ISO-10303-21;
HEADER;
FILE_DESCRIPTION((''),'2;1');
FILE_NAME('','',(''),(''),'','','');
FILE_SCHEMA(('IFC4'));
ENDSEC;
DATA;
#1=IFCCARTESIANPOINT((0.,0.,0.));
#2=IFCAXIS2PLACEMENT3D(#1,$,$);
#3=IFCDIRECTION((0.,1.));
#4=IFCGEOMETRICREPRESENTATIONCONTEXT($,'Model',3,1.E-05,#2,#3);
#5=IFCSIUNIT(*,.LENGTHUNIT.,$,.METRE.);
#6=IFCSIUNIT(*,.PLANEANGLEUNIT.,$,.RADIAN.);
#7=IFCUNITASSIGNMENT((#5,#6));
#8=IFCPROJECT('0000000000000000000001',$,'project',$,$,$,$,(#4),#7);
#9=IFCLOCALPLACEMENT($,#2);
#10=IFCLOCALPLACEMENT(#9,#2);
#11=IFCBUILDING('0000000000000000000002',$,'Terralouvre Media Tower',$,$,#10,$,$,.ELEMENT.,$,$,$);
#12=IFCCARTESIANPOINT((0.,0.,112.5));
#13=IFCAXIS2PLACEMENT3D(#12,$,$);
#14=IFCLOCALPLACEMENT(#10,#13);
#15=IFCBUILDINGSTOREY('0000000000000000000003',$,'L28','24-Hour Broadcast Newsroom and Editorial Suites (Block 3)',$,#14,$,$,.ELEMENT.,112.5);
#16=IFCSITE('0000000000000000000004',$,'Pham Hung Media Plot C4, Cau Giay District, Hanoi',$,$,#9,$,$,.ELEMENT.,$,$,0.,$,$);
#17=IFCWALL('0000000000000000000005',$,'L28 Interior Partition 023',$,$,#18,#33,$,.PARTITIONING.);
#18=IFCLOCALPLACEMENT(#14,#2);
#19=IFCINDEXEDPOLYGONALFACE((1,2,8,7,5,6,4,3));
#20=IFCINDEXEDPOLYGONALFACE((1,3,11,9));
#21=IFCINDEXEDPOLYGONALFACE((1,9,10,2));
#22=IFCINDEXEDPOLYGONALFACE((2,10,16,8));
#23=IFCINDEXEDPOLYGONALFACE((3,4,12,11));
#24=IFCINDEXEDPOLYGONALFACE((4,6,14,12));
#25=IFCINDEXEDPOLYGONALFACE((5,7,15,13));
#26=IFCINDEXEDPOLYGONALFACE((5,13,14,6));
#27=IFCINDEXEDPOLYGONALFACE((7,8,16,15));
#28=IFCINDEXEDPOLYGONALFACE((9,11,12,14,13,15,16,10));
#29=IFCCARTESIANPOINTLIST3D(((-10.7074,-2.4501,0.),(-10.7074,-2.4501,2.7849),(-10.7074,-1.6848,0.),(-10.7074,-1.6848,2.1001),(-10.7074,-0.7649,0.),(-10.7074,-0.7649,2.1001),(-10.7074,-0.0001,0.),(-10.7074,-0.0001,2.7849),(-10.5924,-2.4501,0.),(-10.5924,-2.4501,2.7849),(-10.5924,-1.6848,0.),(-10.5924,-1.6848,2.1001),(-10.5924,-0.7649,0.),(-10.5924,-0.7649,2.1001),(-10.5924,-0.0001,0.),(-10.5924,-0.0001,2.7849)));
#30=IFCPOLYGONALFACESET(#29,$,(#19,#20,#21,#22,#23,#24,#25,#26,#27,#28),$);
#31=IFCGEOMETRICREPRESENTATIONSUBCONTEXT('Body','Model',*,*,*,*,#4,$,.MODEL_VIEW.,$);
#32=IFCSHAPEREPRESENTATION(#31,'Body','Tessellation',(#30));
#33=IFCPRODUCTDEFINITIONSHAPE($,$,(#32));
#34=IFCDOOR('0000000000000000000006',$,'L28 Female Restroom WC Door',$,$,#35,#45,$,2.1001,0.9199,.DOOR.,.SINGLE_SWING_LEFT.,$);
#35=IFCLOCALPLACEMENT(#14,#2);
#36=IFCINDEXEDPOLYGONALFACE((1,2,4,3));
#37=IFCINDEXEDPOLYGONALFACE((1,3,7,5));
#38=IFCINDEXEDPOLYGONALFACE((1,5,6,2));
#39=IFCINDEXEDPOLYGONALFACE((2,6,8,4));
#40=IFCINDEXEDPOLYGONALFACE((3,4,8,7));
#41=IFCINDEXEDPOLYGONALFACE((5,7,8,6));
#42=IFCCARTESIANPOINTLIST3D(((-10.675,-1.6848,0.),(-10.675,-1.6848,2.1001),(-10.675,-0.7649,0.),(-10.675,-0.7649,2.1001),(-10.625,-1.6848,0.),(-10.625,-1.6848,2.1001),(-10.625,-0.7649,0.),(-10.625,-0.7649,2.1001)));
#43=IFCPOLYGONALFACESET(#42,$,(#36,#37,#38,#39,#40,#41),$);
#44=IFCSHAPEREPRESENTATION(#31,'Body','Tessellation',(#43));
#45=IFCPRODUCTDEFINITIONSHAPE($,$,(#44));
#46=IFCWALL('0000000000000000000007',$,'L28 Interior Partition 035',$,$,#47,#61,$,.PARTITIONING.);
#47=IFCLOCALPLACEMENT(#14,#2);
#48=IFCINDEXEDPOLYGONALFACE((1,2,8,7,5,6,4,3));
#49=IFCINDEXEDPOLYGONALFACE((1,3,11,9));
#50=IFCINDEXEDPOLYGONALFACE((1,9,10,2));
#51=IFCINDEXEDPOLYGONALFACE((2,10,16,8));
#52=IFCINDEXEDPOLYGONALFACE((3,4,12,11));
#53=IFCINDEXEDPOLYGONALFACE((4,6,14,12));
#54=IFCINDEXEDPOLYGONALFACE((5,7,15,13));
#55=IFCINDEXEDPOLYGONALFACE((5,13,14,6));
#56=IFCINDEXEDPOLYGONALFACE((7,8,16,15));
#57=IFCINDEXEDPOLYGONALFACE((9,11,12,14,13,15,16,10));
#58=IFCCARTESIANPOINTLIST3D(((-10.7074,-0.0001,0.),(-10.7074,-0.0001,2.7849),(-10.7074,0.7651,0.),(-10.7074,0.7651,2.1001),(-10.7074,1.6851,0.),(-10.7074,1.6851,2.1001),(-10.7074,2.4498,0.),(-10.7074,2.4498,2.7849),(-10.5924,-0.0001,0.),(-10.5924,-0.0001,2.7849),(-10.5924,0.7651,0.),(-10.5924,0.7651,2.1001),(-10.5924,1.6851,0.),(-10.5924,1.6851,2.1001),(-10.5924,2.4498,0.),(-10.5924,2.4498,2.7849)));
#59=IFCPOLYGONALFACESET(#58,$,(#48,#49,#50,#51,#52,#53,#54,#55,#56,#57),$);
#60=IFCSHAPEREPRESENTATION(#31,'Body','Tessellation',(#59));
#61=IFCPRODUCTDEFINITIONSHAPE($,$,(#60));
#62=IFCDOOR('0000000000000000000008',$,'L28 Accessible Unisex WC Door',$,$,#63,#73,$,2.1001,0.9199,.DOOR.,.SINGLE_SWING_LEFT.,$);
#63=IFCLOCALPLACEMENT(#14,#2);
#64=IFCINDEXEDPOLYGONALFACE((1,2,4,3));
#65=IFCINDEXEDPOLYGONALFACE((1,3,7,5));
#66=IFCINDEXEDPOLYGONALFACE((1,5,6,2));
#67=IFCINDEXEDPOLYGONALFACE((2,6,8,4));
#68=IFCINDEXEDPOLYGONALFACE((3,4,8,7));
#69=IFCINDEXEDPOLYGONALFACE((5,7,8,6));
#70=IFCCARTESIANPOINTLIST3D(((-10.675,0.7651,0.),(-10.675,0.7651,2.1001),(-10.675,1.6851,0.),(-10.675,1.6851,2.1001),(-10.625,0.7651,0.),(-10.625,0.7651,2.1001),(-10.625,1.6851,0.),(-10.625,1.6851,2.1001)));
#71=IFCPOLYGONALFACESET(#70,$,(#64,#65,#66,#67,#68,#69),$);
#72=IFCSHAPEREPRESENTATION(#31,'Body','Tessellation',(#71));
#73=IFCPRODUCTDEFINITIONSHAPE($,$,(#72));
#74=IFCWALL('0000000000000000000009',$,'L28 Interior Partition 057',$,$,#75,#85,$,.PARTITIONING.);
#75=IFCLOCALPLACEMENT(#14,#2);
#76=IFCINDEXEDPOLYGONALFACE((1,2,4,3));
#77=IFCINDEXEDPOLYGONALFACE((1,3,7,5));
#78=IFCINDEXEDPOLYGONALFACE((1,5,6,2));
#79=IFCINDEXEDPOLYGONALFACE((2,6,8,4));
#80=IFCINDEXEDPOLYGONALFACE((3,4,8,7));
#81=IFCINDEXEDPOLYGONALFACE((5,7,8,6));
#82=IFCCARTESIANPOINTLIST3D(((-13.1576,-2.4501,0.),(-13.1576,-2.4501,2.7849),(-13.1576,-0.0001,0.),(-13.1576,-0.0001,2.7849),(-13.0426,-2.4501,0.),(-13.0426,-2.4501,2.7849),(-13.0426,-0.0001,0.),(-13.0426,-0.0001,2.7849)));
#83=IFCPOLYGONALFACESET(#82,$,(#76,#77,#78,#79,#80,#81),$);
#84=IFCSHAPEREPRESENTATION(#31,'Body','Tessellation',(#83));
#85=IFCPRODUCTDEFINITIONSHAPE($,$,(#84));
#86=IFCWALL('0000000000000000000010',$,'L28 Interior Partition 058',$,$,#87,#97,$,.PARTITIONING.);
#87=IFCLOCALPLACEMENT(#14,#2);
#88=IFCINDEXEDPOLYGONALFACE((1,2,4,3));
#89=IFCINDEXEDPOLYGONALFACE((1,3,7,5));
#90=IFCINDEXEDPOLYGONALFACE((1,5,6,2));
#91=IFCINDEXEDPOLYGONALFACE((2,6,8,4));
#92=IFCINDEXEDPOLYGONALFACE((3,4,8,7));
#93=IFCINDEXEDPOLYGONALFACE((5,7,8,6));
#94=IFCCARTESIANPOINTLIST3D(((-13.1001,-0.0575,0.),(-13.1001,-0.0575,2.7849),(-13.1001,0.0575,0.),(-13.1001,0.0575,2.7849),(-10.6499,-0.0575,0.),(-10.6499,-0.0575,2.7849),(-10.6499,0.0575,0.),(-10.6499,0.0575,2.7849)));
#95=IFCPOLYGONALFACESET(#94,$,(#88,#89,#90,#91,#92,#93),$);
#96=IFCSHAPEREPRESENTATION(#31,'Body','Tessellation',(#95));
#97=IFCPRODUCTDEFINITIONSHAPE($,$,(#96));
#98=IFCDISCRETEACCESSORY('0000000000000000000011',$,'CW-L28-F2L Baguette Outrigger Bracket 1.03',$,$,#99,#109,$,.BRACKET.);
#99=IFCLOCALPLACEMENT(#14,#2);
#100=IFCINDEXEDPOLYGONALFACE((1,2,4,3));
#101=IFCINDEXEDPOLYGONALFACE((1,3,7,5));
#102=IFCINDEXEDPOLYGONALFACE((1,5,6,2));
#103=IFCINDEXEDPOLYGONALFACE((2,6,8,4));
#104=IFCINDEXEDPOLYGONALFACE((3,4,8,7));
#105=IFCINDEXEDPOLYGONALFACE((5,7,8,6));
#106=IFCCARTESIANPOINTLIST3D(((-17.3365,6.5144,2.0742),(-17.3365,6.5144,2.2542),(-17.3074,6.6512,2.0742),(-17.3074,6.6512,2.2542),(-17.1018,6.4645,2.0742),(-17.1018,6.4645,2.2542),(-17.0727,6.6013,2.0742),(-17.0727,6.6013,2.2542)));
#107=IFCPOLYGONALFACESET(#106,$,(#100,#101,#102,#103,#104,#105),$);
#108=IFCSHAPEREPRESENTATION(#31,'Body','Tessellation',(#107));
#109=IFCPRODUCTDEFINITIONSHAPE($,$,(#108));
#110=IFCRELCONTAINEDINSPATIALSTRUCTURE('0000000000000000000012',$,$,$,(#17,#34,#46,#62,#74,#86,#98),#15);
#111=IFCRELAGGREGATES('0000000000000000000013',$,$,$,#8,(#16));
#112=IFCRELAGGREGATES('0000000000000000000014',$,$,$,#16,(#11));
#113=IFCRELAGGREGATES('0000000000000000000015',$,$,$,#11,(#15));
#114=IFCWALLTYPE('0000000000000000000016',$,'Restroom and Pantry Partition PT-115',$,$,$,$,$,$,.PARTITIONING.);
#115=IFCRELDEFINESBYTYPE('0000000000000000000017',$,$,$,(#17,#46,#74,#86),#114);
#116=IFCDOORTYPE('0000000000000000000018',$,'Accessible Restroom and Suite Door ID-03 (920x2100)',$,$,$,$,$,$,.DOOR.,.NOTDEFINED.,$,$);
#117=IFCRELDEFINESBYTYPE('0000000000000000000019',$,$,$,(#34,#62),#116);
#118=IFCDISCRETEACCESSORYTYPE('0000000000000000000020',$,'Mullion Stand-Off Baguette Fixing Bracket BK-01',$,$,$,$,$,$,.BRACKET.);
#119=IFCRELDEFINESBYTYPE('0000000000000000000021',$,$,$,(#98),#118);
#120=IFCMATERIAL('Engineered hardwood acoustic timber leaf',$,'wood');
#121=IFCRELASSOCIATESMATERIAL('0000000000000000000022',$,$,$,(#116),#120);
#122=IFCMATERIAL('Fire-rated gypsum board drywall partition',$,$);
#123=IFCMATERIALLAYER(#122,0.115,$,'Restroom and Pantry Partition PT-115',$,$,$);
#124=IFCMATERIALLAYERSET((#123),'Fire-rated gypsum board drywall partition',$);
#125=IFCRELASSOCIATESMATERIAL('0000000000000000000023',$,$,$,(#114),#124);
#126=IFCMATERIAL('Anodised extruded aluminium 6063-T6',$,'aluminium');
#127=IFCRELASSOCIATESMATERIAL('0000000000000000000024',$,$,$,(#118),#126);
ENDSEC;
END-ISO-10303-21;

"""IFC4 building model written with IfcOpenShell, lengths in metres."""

from ifc_helpers import new_model, si_unit, direction, frame, frame_2d, origin, origin_2d, place, context, subcontext, project, spatial, rectangle, extrude, material, layer, layer_set, type_object, element, fill, save


model = new_model("IFC4")

# Units and contexts
model_context = context("Model", 3, precision=1e-05, world=origin(), true_north=direction((0.0, 1.0)))
body_context = subcontext(model_context, "Body", "Model", "MODEL_VIEW")
ifc_project = project(units=[si_unit("LENGTHUNIT", "METRE"), si_unit("PLANEANGLEUNIT", "RADIAN")], contexts=[model_context])

# Site, building, storey
site_placement = place(None, origin())
site = spatial("IfcSite", under=ifc_project, at=site_placement, Name="Pham Hung Media Plot C4, Cau Giay District, Hanoi", CompositionType="ELEMENT", RefElevation=0.0)
building_placement = place(site_placement, origin())
building = spatial("IfcBuilding", under=site, at=building_placement, Name="Terralouvre Media Tower", CompositionType="ELEMENT")
storey_placement = place(building_placement, frame((0.0, 0.0, 112.5)))
storey = spatial("IfcBuildingStorey", under=building, at=storey_placement, Name="L28", Description="24-Hour Broadcast Newsroom and Editorial Suites (Block 3)", CompositionType="ELEMENT", Elevation=112.5)

# Shared definitions
ifc_material_1 = material(Name="Engineered hardwood acoustic timber leaf", Category="wood")
door_type_1 = type_object("IfcDoorType", Name="Accessible Restroom and Suite Door ID-03 (920x2100)", OperationType="NOTDEFINED", PredefinedType="DOOR", material=ifc_material_1)

# Walls, openings, doors
ifc_material_2 = material(Name="Fire-rated gypsum board drywall partition")
ifc_layer_1 = layer(ifc_material_2, 0.115, Name="Restroom and Pantry Partition PT-115")
ifc_layer_set_1 = layer_set([ifc_layer_1], Name="Fire-rated gypsum board drywall partition")
wall_type_1 = type_object("IfcWallType", Name="Restroom and Pantry Partition PT-115", PredefinedType="PARTITIONING", material=ifc_layer_set_1)
wall_1_placement = place(storey_placement, frame((-10.6499, 0.0, 0.0), z_axis=(0.0, 0.0, 1.0), x_axis=(0.0, -1.0, 0.0)))
wall_1 = element("IfcWall", 1, at=wall_1_placement, inside=storey, type_object=wall_type_1, Name="L28 Interior Partition 023", PredefinedType="PARTITIONING", context=body_context, shape_type="SweptSolid", body=[
    extrude(rectangle(XDim=2.45, YDim=0.115, at=frame_2d((1.2251, 0.0))), origin(), (0.0, 0.0, 1.0), 2.7849),
])
opening_1_placement = place(wall_1_placement, frame((0.7649, 0.0, 0.0)))
opening_1 = element("IfcOpeningElement", 2, at=opening_1_placement, cuts=wall_1, PredefinedType="OPENING", context=body_context, shape_type="SweptSolid", body=[
    extrude(rectangle(XDim=0.9199, YDim=2.1001, at=frame_2d((0.46, 1.05))), frame((0.0, 0.0674, 0.0), z_axis=(0.0, -1.0, 0.0), x_axis=(1.0, 0.0, 0.0)), (0.0, 0.0, 1.0), 0.135),
])
door_1_placement = place(opening_1_placement, origin())
door_1 = element("IfcDoor", 3, at=door_1_placement, inside=storey, type_object=door_type_1, Name="L28 Female Restroom WC Door", OperationType="SINGLE_SWING_LEFT", OverallHeight=2.1001, OverallWidth=0.9199, PredefinedType="DOOR", context=body_context, shape_type="SweptSolid", body=[
    extrude(rectangle(XDim=0.9199, YDim=2.1001, at=frame_2d((0.46, 1.05))), frame((0.0, 0.0249, 0.0), z_axis=(0.0, -1.0, 0.0), x_axis=(1.0, 0.0, 0.0)), (0.0, 0.0, 1.0), 0.05),
])
fill(opening_1, door_1)
wall_2_placement = place(storey_placement, frame((-10.6499, 2.45, 0.0), z_axis=(0.0, 0.0, 1.0), x_axis=(0.0, -1.0, 0.0)))
wall_2 = element("IfcWall", 4, at=wall_2_placement, inside=storey, type_object=wall_type_1, Name="L28 Interior Partition 035", PredefinedType="PARTITIONING", context=body_context, shape_type="SweptSolid", body=[
    extrude(rectangle(XDim=2.45, YDim=0.115, at=frame_2d((1.2251, 0.0))), origin(), (0.0, 0.0, 1.0), 2.7849),
])
opening_2_placement = place(wall_2_placement, frame((0.7649, 0.0, 0.0)))
opening_2 = element("IfcOpeningElement", 5, at=opening_2_placement, cuts=wall_2, PredefinedType="OPENING", context=body_context, shape_type="SweptSolid", body=[
    extrude(rectangle(XDim=0.9199, YDim=2.1001, at=frame_2d((0.46, 1.05))), frame((0.0, 0.0674, 0.0), z_axis=(0.0, -1.0, 0.0), x_axis=(1.0, 0.0, 0.0)), (0.0, 0.0, 1.0), 0.135),
])
door_2_placement = place(opening_2_placement, origin())
door_2 = element("IfcDoor", 6, at=door_2_placement, inside=storey, type_object=door_type_1, Name="L28 Accessible Unisex WC Door", OperationType="SINGLE_SWING_LEFT", OverallHeight=2.1001, OverallWidth=0.9199, PredefinedType="DOOR", context=body_context, shape_type="SweptSolid", body=[
    extrude(rectangle(XDim=0.9199, YDim=2.1001, at=frame_2d((0.46, 1.05))), frame((0.0, 0.0249, 0.0), z_axis=(0.0, -1.0, 0.0), x_axis=(1.0, 0.0, 0.0)), (0.0, 0.0, 1.0), 0.05),
])
fill(opening_2, door_2)

# Walls
wall_3_placement = place(storey_placement, frame((-13.1001, 0.0, 0.0), z_axis=(0.0, 0.0, 1.0), x_axis=(0.0, -1.0, 0.0)))
element("IfcWall", 7, at=wall_3_placement, inside=storey, type_object=wall_type_1, Name="L28 Interior Partition 057", PredefinedType="PARTITIONING", context=body_context, shape_type="SweptSolid", body=[
    extrude(rectangle(XDim=2.45, YDim=0.115, at=frame_2d((1.2251, 0.0))), origin(), (0.0, 0.0, 1.0), 2.7849),
])
wall_4_placement = place(storey_placement, frame((-10.6499, 0.0, 0.0), z_axis=(0.0, 0.0, 1.0), x_axis=(-1.0, 0.0, 0.0)))
element("IfcWall", 8, at=wall_4_placement, inside=storey, type_object=wall_type_1, Name="L28 Interior Partition 058", PredefinedType="PARTITIONING", context=body_context, shape_type="SweptSolid", body=[
    extrude(rectangle(XDim=2.4502, YDim=0.115, at=frame_2d((1.2251, 0.0))), origin(), (0.0, 0.0, 1.0), 2.7849),
])

# Discrete accessory
ifc_material_3 = material(Name="Anodised extruded aluminium 6063-T6", Category="aluminium")
discrete_accessory_type = type_object("IfcDiscreteAccessoryType", Name="Mullion Stand-Off Baguette Fixing Bracket BK-01", PredefinedType="BRACKET", material=ifc_material_3)
discrete_accessory_placement = place(storey_placement, frame((-17.2046, 6.5579, 2.0742), z_axis=(0.0, 0.0, 1.0), x_axis=(-0.207912, -0.978148, 0.0)))
element("IfcDiscreteAccessory", 9, at=discrete_accessory_placement, inside=storey, type_object=discrete_accessory_type, Name="CW-L28-F2L Baguette Outrigger Bracket 1.03", PredefinedType="BRACKET", context=body_context, shape_type="SweptSolid", body=[
    extrude(rectangle(XDim=0.1399, YDim=0.24, at=origin_2d()), origin(), (0.0, 0.0, 1.0), 0.1799),
])

save(model, "model.ifc")
